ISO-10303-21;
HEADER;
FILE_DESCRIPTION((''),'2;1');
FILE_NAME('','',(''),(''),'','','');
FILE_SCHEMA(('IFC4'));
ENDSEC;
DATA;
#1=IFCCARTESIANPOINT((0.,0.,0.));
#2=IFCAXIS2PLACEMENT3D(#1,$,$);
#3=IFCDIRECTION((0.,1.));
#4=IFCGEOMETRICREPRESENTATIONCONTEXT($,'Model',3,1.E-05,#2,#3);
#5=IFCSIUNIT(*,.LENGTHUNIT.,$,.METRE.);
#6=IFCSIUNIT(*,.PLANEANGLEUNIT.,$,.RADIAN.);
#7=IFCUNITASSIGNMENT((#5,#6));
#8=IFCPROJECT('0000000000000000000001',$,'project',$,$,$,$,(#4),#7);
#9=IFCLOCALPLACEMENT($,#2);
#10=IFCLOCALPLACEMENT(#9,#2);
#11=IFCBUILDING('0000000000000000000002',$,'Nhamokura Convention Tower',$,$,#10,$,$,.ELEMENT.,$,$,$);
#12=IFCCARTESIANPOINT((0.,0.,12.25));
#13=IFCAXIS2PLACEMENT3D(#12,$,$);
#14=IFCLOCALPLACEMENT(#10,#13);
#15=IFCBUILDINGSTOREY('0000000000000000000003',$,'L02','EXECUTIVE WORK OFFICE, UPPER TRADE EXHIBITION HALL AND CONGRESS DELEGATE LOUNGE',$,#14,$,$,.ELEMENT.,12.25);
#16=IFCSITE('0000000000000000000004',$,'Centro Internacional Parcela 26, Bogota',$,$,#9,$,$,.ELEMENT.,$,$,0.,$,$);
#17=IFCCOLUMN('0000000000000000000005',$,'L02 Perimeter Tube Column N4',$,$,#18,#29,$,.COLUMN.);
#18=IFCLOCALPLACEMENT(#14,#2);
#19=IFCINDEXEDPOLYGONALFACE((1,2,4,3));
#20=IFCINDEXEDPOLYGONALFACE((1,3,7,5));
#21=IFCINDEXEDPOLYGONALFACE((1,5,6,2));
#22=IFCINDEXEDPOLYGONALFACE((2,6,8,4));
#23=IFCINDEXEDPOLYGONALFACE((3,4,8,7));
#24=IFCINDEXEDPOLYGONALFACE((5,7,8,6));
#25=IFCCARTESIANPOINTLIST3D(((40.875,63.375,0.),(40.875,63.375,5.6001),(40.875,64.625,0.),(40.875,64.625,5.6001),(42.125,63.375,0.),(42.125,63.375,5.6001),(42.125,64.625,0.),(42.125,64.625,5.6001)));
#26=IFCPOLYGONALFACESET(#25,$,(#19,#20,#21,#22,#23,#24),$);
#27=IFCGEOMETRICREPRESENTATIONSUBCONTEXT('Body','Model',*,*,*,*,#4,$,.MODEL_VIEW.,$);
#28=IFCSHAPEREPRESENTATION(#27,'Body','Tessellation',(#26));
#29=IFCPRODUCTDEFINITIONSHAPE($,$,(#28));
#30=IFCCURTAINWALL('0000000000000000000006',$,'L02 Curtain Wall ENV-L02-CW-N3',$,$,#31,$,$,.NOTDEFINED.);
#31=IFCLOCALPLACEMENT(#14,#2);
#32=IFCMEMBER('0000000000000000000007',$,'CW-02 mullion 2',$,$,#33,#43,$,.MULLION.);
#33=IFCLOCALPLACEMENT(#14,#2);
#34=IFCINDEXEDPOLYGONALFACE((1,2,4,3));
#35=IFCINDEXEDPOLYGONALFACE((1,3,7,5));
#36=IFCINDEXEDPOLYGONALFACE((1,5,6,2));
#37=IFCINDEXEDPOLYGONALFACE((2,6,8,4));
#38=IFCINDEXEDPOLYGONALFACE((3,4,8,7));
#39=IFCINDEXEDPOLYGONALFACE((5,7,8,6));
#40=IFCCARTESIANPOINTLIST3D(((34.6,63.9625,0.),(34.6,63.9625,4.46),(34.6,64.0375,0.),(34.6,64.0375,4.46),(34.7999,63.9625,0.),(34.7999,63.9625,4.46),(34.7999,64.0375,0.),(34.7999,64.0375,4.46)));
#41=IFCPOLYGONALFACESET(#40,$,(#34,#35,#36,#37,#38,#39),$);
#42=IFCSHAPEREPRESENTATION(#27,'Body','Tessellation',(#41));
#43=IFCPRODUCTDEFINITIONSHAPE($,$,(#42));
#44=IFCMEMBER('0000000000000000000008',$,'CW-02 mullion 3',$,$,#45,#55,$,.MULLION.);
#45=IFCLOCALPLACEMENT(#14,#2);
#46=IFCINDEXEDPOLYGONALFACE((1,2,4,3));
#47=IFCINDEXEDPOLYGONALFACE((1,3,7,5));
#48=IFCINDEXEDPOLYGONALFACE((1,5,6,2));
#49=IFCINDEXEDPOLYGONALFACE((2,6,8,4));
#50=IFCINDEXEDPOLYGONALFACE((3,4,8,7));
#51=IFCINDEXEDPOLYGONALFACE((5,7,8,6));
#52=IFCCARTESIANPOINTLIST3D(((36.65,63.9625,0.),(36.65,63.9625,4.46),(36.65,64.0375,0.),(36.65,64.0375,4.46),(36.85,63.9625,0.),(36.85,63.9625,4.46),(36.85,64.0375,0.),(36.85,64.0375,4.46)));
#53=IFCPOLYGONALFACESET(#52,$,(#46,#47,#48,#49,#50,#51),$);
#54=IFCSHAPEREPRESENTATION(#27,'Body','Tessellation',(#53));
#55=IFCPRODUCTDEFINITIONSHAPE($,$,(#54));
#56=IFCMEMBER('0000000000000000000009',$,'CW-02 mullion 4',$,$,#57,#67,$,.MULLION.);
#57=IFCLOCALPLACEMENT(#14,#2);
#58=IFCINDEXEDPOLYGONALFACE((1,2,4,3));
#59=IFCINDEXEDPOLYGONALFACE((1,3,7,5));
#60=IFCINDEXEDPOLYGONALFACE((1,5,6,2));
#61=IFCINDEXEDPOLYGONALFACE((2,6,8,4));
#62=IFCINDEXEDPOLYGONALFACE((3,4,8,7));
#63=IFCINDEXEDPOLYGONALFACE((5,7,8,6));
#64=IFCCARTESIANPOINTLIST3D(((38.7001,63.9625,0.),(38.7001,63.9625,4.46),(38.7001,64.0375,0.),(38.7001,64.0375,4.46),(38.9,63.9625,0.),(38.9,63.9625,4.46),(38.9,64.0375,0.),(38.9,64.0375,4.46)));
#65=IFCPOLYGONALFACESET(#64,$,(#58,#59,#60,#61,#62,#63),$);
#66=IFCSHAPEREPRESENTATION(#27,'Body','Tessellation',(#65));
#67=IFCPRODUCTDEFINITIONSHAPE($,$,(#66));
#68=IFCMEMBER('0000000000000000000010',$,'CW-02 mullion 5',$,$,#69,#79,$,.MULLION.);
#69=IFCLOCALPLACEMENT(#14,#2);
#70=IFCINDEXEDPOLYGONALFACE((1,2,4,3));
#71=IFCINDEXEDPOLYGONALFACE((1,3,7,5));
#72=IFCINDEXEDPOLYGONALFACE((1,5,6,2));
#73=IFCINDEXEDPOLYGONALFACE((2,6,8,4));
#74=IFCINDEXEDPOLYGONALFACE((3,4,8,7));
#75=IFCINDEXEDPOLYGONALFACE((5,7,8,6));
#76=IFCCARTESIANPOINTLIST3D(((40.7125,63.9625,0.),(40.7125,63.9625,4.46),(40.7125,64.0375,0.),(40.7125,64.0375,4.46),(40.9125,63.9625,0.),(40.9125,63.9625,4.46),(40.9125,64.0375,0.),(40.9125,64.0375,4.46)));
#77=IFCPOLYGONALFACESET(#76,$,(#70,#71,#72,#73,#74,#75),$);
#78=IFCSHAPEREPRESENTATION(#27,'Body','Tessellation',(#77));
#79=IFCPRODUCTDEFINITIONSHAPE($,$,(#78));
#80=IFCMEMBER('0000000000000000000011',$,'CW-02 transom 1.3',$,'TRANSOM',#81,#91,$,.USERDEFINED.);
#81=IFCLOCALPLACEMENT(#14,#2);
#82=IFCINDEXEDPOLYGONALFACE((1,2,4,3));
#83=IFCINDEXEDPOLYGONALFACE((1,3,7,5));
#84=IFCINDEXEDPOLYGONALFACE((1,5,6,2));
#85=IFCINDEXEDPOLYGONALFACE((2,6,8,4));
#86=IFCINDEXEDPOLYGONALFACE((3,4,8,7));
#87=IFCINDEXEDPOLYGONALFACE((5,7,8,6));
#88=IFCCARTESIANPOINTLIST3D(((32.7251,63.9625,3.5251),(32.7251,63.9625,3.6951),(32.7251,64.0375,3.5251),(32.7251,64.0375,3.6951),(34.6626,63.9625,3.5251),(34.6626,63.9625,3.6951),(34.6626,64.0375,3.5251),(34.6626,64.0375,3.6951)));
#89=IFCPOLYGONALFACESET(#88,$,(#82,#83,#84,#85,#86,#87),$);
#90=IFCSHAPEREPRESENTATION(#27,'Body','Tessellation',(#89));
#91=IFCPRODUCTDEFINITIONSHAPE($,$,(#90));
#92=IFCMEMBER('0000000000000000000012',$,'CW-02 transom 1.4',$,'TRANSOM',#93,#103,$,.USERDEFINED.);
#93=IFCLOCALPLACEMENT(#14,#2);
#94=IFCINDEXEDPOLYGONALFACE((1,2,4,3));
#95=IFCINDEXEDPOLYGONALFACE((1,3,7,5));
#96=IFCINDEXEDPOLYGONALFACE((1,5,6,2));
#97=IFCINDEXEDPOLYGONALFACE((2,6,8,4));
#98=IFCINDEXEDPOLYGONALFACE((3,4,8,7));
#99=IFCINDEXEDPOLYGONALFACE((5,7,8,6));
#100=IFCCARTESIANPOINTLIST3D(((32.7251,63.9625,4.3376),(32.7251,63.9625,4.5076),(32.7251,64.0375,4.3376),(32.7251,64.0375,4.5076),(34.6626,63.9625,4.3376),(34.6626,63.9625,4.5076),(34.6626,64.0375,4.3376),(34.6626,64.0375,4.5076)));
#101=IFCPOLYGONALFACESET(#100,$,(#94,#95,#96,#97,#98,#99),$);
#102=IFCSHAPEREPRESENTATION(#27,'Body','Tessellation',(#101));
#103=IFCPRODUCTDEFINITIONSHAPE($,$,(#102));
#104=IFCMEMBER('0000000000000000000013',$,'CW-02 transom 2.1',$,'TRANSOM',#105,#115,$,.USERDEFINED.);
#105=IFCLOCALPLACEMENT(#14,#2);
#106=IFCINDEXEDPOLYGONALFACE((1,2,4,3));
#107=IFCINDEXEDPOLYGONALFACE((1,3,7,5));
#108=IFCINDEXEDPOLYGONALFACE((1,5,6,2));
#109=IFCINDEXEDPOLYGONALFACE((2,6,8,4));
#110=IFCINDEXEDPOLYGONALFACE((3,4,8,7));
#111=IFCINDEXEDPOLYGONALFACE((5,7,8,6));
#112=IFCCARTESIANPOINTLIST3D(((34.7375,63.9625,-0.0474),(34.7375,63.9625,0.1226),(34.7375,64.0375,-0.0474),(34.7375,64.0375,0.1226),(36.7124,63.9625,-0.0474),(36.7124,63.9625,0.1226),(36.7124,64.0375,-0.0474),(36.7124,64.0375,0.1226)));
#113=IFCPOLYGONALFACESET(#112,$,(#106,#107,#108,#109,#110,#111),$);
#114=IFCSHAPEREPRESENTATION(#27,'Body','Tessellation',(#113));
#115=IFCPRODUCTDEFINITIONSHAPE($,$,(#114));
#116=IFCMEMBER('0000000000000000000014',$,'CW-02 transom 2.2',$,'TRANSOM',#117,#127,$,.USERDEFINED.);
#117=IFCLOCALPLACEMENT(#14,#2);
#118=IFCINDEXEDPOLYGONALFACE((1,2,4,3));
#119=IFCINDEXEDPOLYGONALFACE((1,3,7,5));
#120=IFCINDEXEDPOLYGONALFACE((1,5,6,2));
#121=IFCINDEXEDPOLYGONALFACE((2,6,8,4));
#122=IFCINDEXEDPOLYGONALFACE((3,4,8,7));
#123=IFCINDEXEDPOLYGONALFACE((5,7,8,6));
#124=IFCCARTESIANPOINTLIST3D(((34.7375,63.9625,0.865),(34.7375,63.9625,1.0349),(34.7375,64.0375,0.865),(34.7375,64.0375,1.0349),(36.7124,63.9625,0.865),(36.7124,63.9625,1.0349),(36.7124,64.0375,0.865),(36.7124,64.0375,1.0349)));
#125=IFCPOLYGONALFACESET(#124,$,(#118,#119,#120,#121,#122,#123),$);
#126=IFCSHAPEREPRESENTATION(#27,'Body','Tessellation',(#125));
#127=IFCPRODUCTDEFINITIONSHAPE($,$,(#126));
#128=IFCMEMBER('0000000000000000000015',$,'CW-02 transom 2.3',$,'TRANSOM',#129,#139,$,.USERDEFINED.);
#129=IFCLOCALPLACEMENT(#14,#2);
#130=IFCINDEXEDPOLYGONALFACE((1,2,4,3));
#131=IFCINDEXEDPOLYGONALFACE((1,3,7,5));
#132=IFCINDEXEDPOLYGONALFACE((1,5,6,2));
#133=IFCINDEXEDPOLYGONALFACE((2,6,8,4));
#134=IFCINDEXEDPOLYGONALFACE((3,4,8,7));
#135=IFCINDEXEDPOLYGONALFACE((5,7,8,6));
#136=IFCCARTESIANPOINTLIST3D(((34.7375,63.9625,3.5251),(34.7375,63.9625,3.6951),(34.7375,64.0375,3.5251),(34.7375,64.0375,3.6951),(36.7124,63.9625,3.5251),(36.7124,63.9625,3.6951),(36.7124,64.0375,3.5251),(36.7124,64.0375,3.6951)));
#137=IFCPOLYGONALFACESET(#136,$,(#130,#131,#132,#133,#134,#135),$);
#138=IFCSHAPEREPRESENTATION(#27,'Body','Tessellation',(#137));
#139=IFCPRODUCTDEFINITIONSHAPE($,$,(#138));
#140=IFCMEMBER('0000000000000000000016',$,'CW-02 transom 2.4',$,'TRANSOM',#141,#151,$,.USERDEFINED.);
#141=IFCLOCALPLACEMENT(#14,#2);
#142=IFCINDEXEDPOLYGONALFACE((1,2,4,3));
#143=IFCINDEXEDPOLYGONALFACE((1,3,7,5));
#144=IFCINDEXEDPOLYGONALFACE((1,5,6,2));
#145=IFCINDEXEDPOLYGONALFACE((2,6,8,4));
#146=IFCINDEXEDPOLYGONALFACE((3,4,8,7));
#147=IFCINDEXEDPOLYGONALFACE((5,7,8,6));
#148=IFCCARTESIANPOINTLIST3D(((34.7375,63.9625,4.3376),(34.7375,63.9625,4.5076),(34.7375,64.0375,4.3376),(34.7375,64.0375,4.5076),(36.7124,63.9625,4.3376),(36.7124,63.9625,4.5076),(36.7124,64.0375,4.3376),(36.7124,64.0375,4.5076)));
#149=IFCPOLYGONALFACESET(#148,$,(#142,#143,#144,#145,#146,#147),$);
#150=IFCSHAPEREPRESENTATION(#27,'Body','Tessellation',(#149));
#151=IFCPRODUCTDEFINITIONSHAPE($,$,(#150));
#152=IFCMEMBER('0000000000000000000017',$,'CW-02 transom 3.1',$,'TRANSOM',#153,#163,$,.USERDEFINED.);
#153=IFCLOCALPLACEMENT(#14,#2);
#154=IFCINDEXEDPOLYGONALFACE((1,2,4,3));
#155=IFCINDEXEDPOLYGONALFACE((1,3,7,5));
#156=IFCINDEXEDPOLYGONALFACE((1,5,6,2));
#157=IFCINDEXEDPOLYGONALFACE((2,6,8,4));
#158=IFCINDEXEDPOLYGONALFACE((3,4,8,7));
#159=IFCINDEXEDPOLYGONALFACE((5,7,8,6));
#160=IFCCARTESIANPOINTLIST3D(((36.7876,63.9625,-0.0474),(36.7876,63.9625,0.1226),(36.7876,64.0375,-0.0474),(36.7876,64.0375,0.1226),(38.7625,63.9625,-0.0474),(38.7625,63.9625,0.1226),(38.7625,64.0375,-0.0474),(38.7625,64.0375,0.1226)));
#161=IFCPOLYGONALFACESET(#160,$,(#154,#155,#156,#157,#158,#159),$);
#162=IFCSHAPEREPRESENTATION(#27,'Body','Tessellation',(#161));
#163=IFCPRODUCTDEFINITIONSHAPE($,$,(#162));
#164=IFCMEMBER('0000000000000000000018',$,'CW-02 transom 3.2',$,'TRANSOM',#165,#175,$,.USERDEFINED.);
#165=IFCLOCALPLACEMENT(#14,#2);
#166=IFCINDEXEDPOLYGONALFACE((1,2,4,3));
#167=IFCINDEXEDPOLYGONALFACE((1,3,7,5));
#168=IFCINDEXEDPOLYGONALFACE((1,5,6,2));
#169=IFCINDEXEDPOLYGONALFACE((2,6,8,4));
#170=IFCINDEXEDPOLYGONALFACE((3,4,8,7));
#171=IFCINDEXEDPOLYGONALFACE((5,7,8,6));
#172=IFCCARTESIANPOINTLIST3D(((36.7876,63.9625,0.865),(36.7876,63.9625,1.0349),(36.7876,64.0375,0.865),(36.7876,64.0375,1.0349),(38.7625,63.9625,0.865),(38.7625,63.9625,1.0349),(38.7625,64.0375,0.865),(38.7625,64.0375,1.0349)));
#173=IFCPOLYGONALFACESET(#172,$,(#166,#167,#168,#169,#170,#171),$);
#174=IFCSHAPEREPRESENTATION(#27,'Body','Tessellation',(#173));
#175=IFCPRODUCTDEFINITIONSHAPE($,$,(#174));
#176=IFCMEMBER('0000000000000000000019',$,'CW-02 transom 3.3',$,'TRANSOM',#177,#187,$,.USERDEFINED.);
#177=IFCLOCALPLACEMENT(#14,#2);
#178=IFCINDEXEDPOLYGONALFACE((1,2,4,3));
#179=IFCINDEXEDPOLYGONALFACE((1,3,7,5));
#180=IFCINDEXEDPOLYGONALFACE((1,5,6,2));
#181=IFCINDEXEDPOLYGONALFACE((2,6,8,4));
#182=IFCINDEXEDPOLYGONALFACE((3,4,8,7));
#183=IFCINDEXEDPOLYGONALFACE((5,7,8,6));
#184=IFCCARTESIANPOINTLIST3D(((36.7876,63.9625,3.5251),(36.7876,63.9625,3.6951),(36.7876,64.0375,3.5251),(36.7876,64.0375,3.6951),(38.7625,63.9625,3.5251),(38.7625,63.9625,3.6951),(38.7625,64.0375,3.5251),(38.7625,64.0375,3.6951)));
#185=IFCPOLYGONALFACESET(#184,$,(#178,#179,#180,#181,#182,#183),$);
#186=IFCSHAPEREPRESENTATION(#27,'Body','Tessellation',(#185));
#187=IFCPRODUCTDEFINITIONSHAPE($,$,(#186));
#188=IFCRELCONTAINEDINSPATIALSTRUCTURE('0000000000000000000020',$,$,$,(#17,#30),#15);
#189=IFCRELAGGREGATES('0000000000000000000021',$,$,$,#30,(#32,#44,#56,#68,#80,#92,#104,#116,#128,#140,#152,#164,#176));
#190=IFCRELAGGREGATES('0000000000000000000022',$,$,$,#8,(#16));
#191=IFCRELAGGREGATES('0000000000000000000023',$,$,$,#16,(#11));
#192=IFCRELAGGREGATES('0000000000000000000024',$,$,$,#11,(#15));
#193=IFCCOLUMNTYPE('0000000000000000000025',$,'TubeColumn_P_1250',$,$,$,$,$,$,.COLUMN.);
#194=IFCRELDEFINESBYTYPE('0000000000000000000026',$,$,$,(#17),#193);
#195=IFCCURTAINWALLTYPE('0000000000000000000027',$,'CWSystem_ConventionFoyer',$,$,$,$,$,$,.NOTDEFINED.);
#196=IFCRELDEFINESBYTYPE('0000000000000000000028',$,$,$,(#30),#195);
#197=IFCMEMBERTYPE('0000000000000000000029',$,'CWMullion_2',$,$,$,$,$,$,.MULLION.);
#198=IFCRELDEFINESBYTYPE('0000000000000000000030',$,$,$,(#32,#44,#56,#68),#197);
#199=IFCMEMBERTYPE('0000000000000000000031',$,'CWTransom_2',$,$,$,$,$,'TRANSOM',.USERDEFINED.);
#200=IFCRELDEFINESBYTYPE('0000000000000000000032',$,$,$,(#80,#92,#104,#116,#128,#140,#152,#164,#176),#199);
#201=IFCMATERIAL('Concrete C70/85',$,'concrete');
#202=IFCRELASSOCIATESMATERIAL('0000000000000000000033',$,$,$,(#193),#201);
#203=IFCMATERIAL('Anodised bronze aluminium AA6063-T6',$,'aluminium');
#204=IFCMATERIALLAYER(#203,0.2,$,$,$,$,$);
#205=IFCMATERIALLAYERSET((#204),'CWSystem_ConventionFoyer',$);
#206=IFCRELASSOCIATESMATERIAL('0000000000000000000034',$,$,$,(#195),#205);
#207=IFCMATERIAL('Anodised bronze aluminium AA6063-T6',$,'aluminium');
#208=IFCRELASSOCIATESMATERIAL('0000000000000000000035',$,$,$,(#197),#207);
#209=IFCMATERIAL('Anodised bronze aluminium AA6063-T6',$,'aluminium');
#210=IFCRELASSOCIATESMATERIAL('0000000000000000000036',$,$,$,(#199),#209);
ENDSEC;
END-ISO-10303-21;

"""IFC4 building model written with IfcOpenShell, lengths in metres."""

from ifc_helpers import new_model, si_unit, direction, frame, origin, origin_2d, place, context, subcontext, project, spatial, rectangle, extrude, material, layer, layer_set, material_profile, profile_set, type_object, element, aggregate, save


model = new_model("IFC4")

# Units and contexts
model_context = context("Model", 3, precision=1e-05, world=origin(), true_north=direction((0.0, 1.0)))
body_context = subcontext(model_context, "Body", "Model", "MODEL_VIEW")
ifc_project = project(units=[si_unit("LENGTHUNIT", "METRE"), si_unit("PLANEANGLEUNIT", "RADIAN")], contexts=[model_context])

# Site, building, storey
site_placement = place(None, origin())
site = spatial("IfcSite", under=ifc_project, at=site_placement, Name="Centro Internacional Parcela 26, Bogota", CompositionType="ELEMENT", RefElevation=0.0)
building_placement = place(site_placement, origin())
building = spatial("IfcBuilding", under=site, at=building_placement, Name="Nhamokura Convention Tower", CompositionType="ELEMENT")
storey_placement = place(building_placement, frame((0.0, 0.0, 12.25)))
storey = spatial("IfcBuildingStorey", under=building, at=storey_placement, Name="L02", Description="EXECUTIVE WORK OFFICE, UPPER TRADE EXHIBITION HALL AND CONGRESS DELEGATE LOUNGE", CompositionType="ELEMENT", Elevation=12.25)

# Column
ifc_material_1 = material(Name="Concrete C70/85", Category="concrete")
ifc_material_profile_1 = material_profile(ifc_material_1, rectangle(XDim=1.25, YDim=1.25, at=origin_2d()))
ifc_profile_set_1 = profile_set([ifc_material_profile_1], Name="Concrete C70/85")
column_type = type_object("IfcColumnType", Name="TubeColumn_P_1250", PredefinedType="COLUMN", material=ifc_profile_set_1)
column_placement = place(storey_placement, frame((41.5, 64.0, 0.0), z_axis=(0.0, 0.0, 1.0), x_axis=(1.0, 0.0, 0.0)))
element("IfcColumn", 1, at=column_placement, inside=storey, type_object=column_type, Name="L02 Perimeter Tube Column N4", PredefinedType="COLUMN", context=body_context, shape_type="SweptSolid", body=[
    extrude(rectangle(XDim=1.25, YDim=1.25, at=origin_2d()), origin(), (0.0, 0.0, 1.0), 5.6001),
])

# Curtain wall, members
ifc_material_2 = material(Name="Anodised bronze aluminium AA6063-T6", Category="aluminium")
ifc_layer_1 = layer(ifc_material_2, 0.2)
ifc_layer_set_1 = layer_set([ifc_layer_1], Name="CWSystem_ConventionFoyer")
curtain_wall_type = type_object("IfcCurtainWallType", Name="CWSystem_ConventionFoyer", PredefinedType="NOTDEFINED", material=ifc_layer_set_1)
curtain_wall_placement = place(storey_placement, origin())
curtain_wall = element("IfcCurtainWall", 2, at=curtain_wall_placement, inside=storey, type_object=curtain_wall_type, Name="L02 Curtain Wall ENV-L02-CW-N3", PredefinedType="NOTDEFINED")
ifc_material_3 = material(Name="Anodised bronze aluminium AA6063-T6", Category="aluminium")
ifc_material_profile_2 = material_profile(ifc_material_3, rectangle(XDim=0.075, YDim=0.2, at=origin_2d()))
ifc_profile_set_2 = profile_set([ifc_material_profile_2], Name="Anodised bronze aluminium AA6063-T6")
member_type_1 = type_object("IfcMemberType", Name="CWMullion_2", PredefinedType="MULLION", material=ifc_profile_set_2)
member_1_placement = place(storey_placement, frame((34.7, 64.0, 0.0), z_axis=(0.0, 0.0, 1.0), x_axis=(0.0, 1.0, 0.0)))
member_1 = element("IfcMember", 3, at=member_1_placement, type_object=member_type_1, Name="CW-02 mullion 2", PredefinedType="MULLION", context=body_context, shape_type="SweptSolid", body=[
    extrude(rectangle(XDim=0.075, YDim=0.2, at=origin_2d()), origin(), (0.0, 0.0, 1.0), 4.46),
])
member_2_placement = place(storey_placement, frame((36.75, 64.0, 0.0), z_axis=(0.0, 0.0, 1.0), x_axis=(0.0, 1.0, 0.0)))
member_2 = element("IfcMember", 4, at=member_2_placement, type_object=member_type_1, Name="CW-02 mullion 3", PredefinedType="MULLION", context=body_context, shape_type="SweptSolid", body=[
    extrude(rectangle(XDim=0.075, YDim=0.2, at=origin_2d()), origin(), (0.0, 0.0, 1.0), 4.46),
])
member_3_placement = place(storey_placement, frame((38.8, 64.0, 0.0), z_axis=(0.0, 0.0, 1.0), x_axis=(0.0, 1.0, 0.0)))
member_3 = element("IfcMember", 5, at=member_3_placement, type_object=member_type_1, Name="CW-02 mullion 4", PredefinedType="MULLION", context=body_context, shape_type="SweptSolid", body=[
    extrude(rectangle(XDim=0.075, YDim=0.2, at=origin_2d()), origin(), (0.0, 0.0, 1.0), 4.46),
])
member_4_placement = place(storey_placement, frame((40.8125, 64.0, 0.0), z_axis=(0.0, 0.0, 1.0), x_axis=(0.0, 1.0, 0.0)))
member_4 = element("IfcMember", 6, at=member_4_placement, type_object=member_type_1, Name="CW-02 mullion 5", PredefinedType="MULLION", context=body_context, shape_type="SweptSolid", body=[
    extrude(rectangle(XDim=0.075, YDim=0.2, at=origin_2d()), origin(), (0.0, 0.0, 1.0), 4.46),
])
ifc_material_4 = material(Name="Anodised bronze aluminium AA6063-T6", Category="aluminium")
ifc_material_profile_3 = material_profile(ifc_material_4, rectangle(XDim=0.075, YDim=0.1699, at=origin_2d()))
ifc_profile_set_3 = profile_set([ifc_material_profile_3], Name="Anodised bronze aluminium AA6063-T6")
member_type_2 = type_object("IfcMemberType", Name="CWTransom_2", ElementType="TRANSOM", PredefinedType="USERDEFINED", material=ifc_profile_set_3)
member_5_placement = place(storey_placement, frame((32.7251, 64.0, 3.6101), z_axis=(1.0, 0.0, 0.0), x_axis=(0.0, 1.0, 0.0)))
member_5 = element("IfcMember", 7, at=member_5_placement, type_object=member_type_2, Name="CW-02 transom 1.3", ObjectType="TRANSOM", PredefinedType="USERDEFINED", context=body_context, shape_type="SweptSolid", body=[
    extrude(rectangle(XDim=0.075, YDim=0.1699, at=origin_2d()), origin(), (0.0, 0.0, 1.0), 1.9375),
])
member_6_placement = place(storey_placement, frame((32.7251, 64.0, 4.4226), z_axis=(1.0, 0.0, 0.0), x_axis=(0.0, 1.0, 0.0)))
member_6 = element("IfcMember", 8, at=member_6_placement, type_object=member_type_2, Name="CW-02 transom 1.4", ObjectType="TRANSOM", PredefinedType="USERDEFINED", context=body_context, shape_type="SweptSolid", body=[
    extrude(rectangle(XDim=0.075, YDim=0.1699, at=origin_2d()), origin(), (0.0, 0.0, 1.0), 1.9375),
])
member_7_placement = place(storey_placement, frame((34.7375, 64.0, 0.0376), z_axis=(1.0, 0.0, 0.0), x_axis=(0.0, 1.0, 0.0)))
member_7 = element("IfcMember", 9, at=member_7_placement, type_object=member_type_2, Name="CW-02 transom 2.1", ObjectType="TRANSOM", PredefinedType="USERDEFINED", context=body_context, shape_type="SweptSolid", body=[
    extrude(rectangle(XDim=0.075, YDim=0.1699, at=origin_2d()), origin(), (0.0, 0.0, 1.0), 1.9749),
])
member_8_placement = place(storey_placement, frame((34.7375, 64.0, 0.95), z_axis=(1.0, 0.0, 0.0), x_axis=(0.0, 1.0, 0.0)))
member_8 = element("IfcMember", 10, at=member_8_placement, type_object=member_type_2, Name="CW-02 transom 2.2", ObjectType="TRANSOM", PredefinedType="USERDEFINED", context=body_context, shape_type="SweptSolid", body=[
    extrude(rectangle(XDim=0.075, YDim=0.1699, at=origin_2d()), origin(), (0.0, 0.0, 1.0), 1.9749),
])
member_9_placement = place(storey_placement, frame((34.7375, 64.0, 3.6101), z_axis=(1.0, 0.0, 0.0), x_axis=(0.0, 1.0, 0.0)))
member_9 = element("IfcMember", 11, at=member_9_placement, type_object=member_type_2, Name="CW-02 transom 2.3", ObjectType="TRANSOM", PredefinedType="USERDEFINED", context=body_context, shape_type="SweptSolid", body=[
    extrude(rectangle(XDim=0.075, YDim=0.1699, at=origin_2d()), origin(), (0.0, 0.0, 1.0), 1.9749),
])
member_10_placement = place(storey_placement, frame((34.7375, 64.0, 4.4226), z_axis=(1.0, 0.0, 0.0), x_axis=(0.0, 1.0, 0.0)))
member_10 = element("IfcMember", 12, at=member_10_placement, type_object=member_type_2, Name="CW-02 transom 2.4", ObjectType="TRANSOM", PredefinedType="USERDEFINED", context=body_context, shape_type="SweptSolid", body=[
    extrude(rectangle(XDim=0.075, YDim=0.1699, at=origin_2d()), origin(), (0.0, 0.0, 1.0), 1.9749),
])
member_11_placement = place(storey_placement, frame((36.7876, 64.0, 0.0376), z_axis=(1.0, 0.0, 0.0), x_axis=(0.0, 1.0, 0.0)))
member_11 = element("IfcMember", 13, at=member_11_placement, type_object=member_type_2, Name="CW-02 transom 3.1", ObjectType="TRANSOM", PredefinedType="USERDEFINED", context=body_context, shape_type="SweptSolid", body=[
    extrude(rectangle(XDim=0.075, YDim=0.1699, at=origin_2d()), origin(), (0.0, 0.0, 1.0), 1.9749),
])
member_12_placement = place(storey_placement, frame((36.7876, 64.0, 0.95), z_axis=(1.0, 0.0, 0.0), x_axis=(0.0, 1.0, 0.0)))
member_12 = element("IfcMember", 14, at=member_12_placement, type_object=member_type_2, Name="CW-02 transom 3.2", ObjectType="TRANSOM", PredefinedType="USERDEFINED", context=body_context, shape_type="SweptSolid", body=[
    extrude(rectangle(XDim=0.075, YDim=0.1699, at=origin_2d()), origin(), (0.0, 0.0, 1.0), 1.9749),
])
member_13_placement = place(storey_placement, frame((36.7876, 64.0, 3.6101), z_axis=(1.0, 0.0, 0.0), x_axis=(0.0, 1.0, 0.0)))
member_13 = element("IfcMember", 15, at=member_13_placement, type_object=member_type_2, Name="CW-02 transom 3.3", ObjectType="TRANSOM", PredefinedType="USERDEFINED", context=body_context, shape_type="SweptSolid", body=[
    extrude(rectangle(XDim=0.075, YDim=0.1699, at=origin_2d()), origin(), (0.0, 0.0, 1.0), 1.9749),
])

aggregate(curtain_wall, [member_1, member_2, member_3, member_4, member_5, member_6, member_7, member_8, member_9, member_10, member_11, member_12, member_13])

save(model, "model.ifc")
